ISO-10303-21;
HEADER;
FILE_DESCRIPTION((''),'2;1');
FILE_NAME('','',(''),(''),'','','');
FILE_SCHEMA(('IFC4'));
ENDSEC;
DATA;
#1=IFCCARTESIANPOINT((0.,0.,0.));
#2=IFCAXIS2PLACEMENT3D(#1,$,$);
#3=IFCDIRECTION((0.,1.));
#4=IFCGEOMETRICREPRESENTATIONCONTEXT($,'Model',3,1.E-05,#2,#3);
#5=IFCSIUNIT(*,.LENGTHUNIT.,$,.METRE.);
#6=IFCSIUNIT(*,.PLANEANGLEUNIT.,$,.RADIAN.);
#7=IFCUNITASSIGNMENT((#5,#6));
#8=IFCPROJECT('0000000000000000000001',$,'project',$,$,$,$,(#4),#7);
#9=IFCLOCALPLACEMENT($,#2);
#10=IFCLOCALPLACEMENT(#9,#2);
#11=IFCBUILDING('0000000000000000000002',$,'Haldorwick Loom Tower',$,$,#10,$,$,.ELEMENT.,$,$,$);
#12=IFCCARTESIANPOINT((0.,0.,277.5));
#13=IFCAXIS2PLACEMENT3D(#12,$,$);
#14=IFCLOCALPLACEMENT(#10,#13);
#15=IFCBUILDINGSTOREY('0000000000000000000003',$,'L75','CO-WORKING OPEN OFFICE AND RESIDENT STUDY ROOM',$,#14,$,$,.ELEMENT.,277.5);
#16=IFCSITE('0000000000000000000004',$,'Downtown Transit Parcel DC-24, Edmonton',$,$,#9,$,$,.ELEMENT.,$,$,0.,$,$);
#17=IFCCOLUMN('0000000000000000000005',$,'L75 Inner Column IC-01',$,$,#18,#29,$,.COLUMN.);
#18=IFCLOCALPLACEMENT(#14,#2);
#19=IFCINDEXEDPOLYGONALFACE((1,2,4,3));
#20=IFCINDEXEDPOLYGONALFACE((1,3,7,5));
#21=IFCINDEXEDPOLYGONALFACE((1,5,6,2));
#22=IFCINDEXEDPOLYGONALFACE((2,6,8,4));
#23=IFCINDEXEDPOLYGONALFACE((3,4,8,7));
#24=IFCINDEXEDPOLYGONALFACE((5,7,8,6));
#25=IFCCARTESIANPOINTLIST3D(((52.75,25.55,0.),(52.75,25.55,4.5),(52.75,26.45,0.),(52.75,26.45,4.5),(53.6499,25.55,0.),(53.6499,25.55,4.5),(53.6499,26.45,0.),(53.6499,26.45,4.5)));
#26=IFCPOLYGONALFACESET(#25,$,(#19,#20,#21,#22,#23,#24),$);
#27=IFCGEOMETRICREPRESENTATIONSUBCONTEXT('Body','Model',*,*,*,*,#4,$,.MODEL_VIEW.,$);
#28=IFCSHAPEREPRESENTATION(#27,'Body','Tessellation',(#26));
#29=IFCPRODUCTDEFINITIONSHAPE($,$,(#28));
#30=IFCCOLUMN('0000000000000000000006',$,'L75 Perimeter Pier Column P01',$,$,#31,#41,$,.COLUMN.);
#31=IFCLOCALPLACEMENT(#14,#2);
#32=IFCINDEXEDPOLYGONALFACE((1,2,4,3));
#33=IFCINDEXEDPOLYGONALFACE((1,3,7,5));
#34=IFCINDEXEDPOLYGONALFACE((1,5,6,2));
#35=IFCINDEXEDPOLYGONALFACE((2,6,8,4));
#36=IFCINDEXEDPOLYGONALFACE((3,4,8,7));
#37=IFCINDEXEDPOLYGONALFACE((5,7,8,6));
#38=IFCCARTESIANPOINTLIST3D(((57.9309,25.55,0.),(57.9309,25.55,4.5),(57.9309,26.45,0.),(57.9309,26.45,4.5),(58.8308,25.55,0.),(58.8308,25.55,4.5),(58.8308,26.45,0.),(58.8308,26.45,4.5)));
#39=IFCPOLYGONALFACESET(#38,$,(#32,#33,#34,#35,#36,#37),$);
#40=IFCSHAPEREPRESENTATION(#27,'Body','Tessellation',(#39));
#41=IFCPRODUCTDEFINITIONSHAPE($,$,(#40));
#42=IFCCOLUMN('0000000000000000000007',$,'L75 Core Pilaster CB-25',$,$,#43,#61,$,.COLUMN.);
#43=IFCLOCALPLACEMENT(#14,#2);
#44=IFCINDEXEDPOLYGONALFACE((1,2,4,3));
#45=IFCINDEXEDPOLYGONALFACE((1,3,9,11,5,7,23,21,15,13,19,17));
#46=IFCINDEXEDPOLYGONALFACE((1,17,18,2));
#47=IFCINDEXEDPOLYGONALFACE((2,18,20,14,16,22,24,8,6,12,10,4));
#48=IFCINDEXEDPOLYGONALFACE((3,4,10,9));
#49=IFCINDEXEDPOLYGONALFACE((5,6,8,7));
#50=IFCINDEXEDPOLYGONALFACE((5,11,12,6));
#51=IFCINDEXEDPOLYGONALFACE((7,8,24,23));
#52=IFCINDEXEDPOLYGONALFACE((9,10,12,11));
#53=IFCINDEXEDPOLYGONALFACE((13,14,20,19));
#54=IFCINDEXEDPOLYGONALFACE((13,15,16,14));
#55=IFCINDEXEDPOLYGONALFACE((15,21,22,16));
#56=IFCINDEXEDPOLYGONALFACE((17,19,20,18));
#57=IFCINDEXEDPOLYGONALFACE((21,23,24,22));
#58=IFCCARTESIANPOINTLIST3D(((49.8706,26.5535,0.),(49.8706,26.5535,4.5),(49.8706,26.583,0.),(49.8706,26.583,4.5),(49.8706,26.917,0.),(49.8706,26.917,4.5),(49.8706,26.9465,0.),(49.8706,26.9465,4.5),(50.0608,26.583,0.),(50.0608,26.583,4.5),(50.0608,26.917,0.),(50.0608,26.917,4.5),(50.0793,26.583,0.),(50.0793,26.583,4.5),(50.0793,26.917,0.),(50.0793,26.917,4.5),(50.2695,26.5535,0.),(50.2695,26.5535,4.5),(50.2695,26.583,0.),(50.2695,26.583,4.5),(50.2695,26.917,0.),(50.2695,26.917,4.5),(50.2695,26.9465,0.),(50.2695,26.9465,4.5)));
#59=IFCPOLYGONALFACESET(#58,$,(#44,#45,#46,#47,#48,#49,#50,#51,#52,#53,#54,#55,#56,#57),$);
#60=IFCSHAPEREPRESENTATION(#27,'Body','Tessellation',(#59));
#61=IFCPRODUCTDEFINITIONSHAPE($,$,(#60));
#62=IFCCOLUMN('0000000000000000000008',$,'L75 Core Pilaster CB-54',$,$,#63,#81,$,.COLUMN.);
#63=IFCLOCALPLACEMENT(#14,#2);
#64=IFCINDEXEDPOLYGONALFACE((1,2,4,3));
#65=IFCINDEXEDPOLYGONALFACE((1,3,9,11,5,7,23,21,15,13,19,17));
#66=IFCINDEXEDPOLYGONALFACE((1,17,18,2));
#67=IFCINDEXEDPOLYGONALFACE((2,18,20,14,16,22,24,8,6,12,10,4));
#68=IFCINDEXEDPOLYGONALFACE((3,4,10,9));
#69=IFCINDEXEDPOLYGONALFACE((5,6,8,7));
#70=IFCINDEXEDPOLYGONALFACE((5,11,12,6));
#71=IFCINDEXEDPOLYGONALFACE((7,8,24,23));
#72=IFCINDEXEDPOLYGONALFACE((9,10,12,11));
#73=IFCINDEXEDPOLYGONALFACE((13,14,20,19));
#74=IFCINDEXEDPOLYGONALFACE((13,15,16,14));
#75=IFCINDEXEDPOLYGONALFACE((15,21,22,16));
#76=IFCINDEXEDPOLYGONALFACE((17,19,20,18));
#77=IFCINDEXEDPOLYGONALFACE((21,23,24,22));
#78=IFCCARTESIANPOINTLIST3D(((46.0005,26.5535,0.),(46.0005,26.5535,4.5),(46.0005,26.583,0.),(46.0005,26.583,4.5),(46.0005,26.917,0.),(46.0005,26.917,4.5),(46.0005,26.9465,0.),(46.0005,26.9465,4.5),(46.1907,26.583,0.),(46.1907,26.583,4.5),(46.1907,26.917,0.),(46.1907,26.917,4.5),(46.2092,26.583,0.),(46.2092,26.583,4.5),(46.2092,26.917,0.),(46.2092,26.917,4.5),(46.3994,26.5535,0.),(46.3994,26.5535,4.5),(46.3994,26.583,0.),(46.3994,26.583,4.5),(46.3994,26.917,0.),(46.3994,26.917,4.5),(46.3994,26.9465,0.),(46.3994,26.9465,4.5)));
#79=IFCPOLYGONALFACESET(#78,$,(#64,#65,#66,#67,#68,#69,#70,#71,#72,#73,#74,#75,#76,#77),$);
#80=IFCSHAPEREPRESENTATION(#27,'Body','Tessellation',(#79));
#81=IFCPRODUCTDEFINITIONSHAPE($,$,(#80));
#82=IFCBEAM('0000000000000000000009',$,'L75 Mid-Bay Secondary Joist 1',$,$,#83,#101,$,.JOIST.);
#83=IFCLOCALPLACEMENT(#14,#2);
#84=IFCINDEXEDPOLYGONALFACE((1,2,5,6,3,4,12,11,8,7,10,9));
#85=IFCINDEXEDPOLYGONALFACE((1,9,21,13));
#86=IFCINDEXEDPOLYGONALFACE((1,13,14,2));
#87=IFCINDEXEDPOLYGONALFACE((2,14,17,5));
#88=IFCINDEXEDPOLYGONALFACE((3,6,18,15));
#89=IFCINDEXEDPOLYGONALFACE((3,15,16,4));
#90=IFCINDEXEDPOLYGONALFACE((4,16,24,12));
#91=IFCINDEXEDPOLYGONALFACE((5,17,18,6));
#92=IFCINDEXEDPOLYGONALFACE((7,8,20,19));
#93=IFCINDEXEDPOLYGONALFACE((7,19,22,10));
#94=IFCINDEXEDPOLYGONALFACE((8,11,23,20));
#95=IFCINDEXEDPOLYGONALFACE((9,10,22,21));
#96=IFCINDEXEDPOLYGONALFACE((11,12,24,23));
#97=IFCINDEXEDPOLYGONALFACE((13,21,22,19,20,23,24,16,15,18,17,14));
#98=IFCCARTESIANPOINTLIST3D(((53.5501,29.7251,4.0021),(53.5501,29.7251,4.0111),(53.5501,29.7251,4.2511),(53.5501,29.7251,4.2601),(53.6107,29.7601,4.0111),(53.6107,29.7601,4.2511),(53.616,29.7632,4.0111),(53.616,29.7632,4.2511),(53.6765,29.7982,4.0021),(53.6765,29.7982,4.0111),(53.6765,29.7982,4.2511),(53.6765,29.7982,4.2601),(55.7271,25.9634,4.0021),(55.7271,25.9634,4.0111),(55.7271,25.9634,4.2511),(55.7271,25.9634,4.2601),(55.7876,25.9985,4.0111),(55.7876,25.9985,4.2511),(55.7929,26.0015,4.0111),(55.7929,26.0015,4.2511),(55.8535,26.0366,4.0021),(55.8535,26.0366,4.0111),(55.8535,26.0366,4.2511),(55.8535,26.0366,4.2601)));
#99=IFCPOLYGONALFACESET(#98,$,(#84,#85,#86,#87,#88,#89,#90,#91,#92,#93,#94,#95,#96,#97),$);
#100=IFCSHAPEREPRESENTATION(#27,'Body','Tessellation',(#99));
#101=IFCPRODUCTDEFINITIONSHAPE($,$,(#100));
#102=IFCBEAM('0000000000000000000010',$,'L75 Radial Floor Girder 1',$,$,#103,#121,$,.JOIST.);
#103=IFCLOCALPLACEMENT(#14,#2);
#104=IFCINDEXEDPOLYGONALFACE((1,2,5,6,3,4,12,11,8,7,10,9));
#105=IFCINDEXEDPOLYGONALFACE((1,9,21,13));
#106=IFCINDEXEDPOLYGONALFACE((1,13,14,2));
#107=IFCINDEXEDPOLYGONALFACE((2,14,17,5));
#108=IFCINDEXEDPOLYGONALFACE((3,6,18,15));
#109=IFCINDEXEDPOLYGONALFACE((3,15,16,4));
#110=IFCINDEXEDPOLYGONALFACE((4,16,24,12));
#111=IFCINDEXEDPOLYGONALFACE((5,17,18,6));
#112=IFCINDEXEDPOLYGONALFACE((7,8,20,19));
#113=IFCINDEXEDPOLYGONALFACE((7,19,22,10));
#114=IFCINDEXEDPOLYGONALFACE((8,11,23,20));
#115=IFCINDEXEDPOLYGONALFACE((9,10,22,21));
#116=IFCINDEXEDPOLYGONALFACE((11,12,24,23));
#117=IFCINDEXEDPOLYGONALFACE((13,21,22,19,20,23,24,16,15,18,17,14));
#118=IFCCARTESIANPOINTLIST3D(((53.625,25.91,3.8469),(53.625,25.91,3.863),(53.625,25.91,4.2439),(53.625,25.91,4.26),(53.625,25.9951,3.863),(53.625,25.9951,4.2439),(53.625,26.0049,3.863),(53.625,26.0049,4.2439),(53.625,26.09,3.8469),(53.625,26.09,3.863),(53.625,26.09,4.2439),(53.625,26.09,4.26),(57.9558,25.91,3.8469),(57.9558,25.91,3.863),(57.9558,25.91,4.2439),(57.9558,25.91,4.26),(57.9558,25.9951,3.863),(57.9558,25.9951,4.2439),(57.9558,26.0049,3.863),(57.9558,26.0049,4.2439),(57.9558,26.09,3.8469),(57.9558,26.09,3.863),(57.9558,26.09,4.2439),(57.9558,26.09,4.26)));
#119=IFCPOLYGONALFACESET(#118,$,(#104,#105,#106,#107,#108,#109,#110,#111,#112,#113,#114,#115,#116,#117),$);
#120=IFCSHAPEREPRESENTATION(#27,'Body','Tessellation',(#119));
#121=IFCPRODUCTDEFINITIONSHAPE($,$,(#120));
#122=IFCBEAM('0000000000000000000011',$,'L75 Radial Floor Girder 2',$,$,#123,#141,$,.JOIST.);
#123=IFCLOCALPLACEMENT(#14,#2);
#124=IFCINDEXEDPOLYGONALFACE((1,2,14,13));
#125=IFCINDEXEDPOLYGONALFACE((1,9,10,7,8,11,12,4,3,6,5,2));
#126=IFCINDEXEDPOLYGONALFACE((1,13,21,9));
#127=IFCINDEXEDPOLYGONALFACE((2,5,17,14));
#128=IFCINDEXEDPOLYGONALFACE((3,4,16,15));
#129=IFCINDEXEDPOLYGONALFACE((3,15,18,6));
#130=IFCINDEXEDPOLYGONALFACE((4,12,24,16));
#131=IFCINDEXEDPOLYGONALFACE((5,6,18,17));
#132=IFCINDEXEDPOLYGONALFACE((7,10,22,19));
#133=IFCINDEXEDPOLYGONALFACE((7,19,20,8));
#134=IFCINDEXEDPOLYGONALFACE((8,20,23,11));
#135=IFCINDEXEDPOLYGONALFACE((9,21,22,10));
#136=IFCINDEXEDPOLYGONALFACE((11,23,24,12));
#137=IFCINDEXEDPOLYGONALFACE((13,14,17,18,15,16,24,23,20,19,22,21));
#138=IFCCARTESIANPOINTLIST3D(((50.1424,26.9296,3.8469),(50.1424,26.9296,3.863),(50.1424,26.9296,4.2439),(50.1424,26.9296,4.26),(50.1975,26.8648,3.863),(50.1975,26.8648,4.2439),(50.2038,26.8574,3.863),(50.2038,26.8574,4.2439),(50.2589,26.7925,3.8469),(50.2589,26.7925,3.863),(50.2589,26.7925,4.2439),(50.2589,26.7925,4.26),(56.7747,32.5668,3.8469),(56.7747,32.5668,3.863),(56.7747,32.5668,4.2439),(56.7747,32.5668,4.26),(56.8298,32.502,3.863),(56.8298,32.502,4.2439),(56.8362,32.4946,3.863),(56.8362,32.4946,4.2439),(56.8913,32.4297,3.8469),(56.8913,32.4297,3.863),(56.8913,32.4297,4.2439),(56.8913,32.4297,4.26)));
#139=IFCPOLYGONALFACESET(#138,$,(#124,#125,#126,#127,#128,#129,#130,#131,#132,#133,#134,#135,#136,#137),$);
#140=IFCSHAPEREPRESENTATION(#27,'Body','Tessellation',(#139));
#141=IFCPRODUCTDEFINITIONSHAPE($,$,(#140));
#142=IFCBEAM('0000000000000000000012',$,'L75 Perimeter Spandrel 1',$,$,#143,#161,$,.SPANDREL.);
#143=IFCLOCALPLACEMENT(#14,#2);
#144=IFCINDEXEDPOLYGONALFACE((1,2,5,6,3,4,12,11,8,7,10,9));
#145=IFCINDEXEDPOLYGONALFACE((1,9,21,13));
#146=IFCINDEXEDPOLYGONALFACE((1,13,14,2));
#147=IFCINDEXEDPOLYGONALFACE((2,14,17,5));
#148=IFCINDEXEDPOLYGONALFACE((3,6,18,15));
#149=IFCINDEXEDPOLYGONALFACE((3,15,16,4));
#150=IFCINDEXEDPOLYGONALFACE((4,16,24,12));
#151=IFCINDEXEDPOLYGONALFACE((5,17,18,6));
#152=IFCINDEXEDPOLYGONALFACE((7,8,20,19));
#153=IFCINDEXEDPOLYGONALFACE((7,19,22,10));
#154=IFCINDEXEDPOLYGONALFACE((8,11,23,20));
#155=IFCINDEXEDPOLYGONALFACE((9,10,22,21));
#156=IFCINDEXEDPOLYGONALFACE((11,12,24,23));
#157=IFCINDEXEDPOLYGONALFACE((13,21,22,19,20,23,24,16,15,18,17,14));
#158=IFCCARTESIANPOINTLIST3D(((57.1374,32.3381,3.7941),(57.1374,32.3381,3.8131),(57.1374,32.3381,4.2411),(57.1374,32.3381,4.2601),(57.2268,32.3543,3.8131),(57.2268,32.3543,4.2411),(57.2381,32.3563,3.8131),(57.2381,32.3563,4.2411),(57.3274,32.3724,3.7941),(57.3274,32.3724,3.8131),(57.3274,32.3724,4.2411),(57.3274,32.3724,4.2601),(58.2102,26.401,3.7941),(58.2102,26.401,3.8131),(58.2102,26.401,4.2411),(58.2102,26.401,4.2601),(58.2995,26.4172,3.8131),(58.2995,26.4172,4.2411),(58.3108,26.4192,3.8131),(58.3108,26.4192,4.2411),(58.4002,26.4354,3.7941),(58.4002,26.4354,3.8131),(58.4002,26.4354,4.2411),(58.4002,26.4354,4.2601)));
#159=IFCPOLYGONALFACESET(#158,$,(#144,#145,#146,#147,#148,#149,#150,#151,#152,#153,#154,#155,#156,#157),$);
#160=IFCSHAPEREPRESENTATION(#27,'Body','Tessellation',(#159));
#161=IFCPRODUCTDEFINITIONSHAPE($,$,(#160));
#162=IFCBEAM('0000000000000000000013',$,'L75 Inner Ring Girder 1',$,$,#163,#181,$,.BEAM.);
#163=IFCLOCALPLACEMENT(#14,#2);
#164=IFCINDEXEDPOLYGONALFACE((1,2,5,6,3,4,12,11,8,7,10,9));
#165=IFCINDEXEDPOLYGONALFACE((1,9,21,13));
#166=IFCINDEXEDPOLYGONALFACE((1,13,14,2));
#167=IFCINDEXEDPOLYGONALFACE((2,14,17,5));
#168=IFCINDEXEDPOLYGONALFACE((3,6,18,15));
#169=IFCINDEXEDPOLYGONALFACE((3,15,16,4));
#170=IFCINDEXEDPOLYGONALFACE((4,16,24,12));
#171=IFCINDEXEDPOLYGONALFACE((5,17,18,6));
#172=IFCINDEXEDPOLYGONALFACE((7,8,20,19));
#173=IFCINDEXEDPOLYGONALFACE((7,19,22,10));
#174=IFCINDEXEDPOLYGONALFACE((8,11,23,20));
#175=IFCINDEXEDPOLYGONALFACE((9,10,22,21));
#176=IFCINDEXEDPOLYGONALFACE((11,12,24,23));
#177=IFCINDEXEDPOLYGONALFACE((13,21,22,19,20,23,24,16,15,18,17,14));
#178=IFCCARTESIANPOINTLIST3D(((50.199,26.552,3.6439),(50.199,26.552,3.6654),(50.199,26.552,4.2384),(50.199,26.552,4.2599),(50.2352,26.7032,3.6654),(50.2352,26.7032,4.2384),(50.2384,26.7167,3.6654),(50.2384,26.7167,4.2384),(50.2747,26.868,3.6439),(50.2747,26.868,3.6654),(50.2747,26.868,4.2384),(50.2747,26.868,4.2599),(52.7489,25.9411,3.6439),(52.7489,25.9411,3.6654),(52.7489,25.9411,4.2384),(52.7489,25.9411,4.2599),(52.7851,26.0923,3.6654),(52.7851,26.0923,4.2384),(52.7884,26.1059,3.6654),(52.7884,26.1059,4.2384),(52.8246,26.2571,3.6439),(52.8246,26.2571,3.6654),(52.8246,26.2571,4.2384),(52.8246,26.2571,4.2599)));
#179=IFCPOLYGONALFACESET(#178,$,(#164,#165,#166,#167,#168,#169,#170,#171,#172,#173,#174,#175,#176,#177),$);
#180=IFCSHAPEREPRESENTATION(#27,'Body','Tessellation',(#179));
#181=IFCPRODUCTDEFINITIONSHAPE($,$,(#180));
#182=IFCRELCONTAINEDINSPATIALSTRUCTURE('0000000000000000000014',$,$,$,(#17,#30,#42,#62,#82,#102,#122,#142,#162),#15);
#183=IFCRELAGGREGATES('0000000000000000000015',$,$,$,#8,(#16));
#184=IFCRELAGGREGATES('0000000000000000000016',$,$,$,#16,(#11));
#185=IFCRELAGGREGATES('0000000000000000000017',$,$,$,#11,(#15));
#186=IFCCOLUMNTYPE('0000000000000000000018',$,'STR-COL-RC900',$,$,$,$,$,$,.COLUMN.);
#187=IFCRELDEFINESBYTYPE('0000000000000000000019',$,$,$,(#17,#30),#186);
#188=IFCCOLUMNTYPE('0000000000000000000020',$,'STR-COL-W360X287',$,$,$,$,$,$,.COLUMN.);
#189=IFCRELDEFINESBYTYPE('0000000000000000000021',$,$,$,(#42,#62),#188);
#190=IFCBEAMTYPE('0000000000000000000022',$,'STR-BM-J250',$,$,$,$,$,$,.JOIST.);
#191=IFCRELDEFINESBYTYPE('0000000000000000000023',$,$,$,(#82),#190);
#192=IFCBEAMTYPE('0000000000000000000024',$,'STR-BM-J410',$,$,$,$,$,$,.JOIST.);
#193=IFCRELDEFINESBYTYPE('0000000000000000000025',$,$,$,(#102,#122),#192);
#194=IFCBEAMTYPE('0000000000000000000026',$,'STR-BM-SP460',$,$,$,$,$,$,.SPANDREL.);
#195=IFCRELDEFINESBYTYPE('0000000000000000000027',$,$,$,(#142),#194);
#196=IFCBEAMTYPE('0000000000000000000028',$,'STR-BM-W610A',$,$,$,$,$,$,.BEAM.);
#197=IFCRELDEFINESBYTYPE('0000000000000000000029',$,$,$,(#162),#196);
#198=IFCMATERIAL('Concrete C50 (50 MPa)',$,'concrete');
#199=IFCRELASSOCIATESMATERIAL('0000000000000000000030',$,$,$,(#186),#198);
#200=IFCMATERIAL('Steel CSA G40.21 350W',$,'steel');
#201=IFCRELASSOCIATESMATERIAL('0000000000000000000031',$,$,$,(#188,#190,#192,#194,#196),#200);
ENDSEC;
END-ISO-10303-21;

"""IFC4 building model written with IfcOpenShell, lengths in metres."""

from ifc_helpers import new_model, si_unit, direction, frame, origin, origin_2d, place, context, subcontext, project, spatial, rectangle, i_section, extrude, material, material_profile, profile_set, type_object, element, save


model = new_model("IFC4")

# Units and contexts
model_context = context("Model", 3, precision=1e-05, world=origin(), true_north=direction((0.0, 1.0)))
body_context = subcontext(model_context, "Body", "Model", "MODEL_VIEW")
ifc_project = project(units=[si_unit("LENGTHUNIT", "METRE"), si_unit("PLANEANGLEUNIT", "RADIAN")], contexts=[model_context])

# Site, building, storey
site_placement = place(None, origin())
site = spatial("IfcSite", under=ifc_project, at=site_placement, Name="Downtown Transit Parcel DC-24, Edmonton", CompositionType="ELEMENT", RefElevation=0.0)
building_placement = place(site_placement, origin())
building = spatial("IfcBuilding", under=site, at=building_placement, Name="Haldorwick Loom Tower", CompositionType="ELEMENT")
storey_placement = place(building_placement, frame((0.0, 0.0, 277.5)))
storey = spatial("IfcBuildingStorey", under=building, at=storey_placement, Name="L75", Description="CO-WORKING OPEN OFFICE AND RESIDENT STUDY ROOM", CompositionType="ELEMENT", Elevation=277.5)

# Columns
ifc_material_1 = material(Name="Concrete C50 (50 MPa)", Category="concrete")
ifc_material_profile_1 = material_profile(ifc_material_1, rectangle(XDim=0.8999, YDim=0.8999, at=origin_2d()), Name="RC900X900", Category="concrete")
ifc_profile_set_1 = profile_set([ifc_material_profile_1], Name="Concrete C50 (50 MPa)")
column_type_1 = type_object("IfcColumnType", Name="STR-COL-RC900", PredefinedType="COLUMN", material=ifc_profile_set_1)
for number, where, z_axis, x_axis, name in (
    (1, (53.2, 26.0, 0.0), (0.0, 0.0, 1.0), (1.0, 0.0, 0.0), "L75 Inner Column IC-01"),
    (2, (58.3809, 26.0, 0.0), (0.0, 0.0, 1.0), (1.0, 0.0, 0.0), "L75 Perimeter Pier Column P01"),
):
    element("IfcColumn", number, at=place(storey_placement, frame(where, z_axis=z_axis, x_axis=x_axis)), inside=storey, type_object=column_type_1, Name=name, PredefinedType="COLUMN", context=body_context, shape_type="SweptSolid", body=[
        extrude(rectangle(XDim=0.8999, YDim=0.8999, at=origin_2d()), origin(), (0.0, 0.0, 1.0), 4.5),
    ])
ifc_material_2 = material(Name="Steel CSA G40.21 350W", Category="steel")
ifc_material_profile_2 = material_profile(ifc_material_2, i_section(OverallWidth=0.3989, OverallDepth=0.3931, WebThickness=0.0186, FlangeThickness=0.0295, at=origin_2d()), Name="W360X287", Category="steel")
ifc_profile_set_2 = profile_set([ifc_material_profile_2], Name="Steel CSA G40.21 350W")
column_type_2 = type_object("IfcColumnType", Name="STR-COL-W360X287", PredefinedType="COLUMN", material=ifc_profile_set_2)
for number, where, z_axis, x_axis, name in (
    (3, (50.0701, 26.75, 0.0), (0.0, 0.0, 1.0), (1.0, 0.0, 0.0), "L75 Core Pilaster CB-25"),
    (4, (46.2, 26.75, 0.0), (0.0, 0.0, 1.0), (1.0, 0.0, 0.0), "L75 Core Pilaster CB-54"),
):
    element("IfcColumn", number, at=place(storey_placement, frame(where, z_axis=z_axis, x_axis=x_axis)), inside=storey, type_object=column_type_2, Name=name, PredefinedType="COLUMN", context=body_context, shape_type="SweptSolid", body=[
        extrude(i_section(OverallWidth=0.3989, OverallDepth=0.3931, WebThickness=0.0186, FlangeThickness=0.0295, at=origin_2d()), origin(), (0.0, 0.0, 1.0), 4.5),
    ])

# Beams
ifc_material_profile_3 = material_profile(ifc_material_2, i_section(OverallWidth=0.146, OverallDepth=0.2581, WebThickness=0.0061, FlangeThickness=0.009, at=origin_2d()), Name="W250X33", Category="steel")
ifc_profile_set_3 = profile_set([ifc_material_profile_3], Name="Steel CSA G40.21 350W")
beam_type_1 = type_object("IfcBeamType", Name="STR-BM-J250", PredefinedType="JOIST", material=ifc_profile_set_3)
beam_1_placement = place(storey_placement, frame((55.7903, 26.0, 4.1311), z_axis=(-0.500892, 0.86551, 0.0), x_axis=(-0.86551, -0.500892, 0.0)))
element("IfcBeam", 5, at=beam_1_placement, inside=storey, type_object=beam_type_1, Name="L75 Mid-Bay Secondary Joist 1", PredefinedType="JOIST", context=body_context, shape_type="SweptSolid", body=[
    extrude(i_section(OverallWidth=0.146, OverallDepth=0.2581, WebThickness=0.0061, FlangeThickness=0.009, at=origin_2d()), origin(), (0.0, 0.0, 1.0), 4.3462),
])
ifc_material_profile_4 = material_profile(ifc_material_2, i_section(OverallWidth=0.1799, OverallDepth=0.4131, WebThickness=0.0098, FlangeThickness=0.0161, at=origin_2d()), Name="W410X74", Category="steel")
ifc_profile_set_4 = profile_set([ifc_material_profile_4], Name="Steel CSA G40.21 350W")
beam_type_2 = type_object("IfcBeamType", Name="STR-BM-J410", PredefinedType="JOIST", material=ifc_profile_set_4)
beam_2_placement = place(storey_placement, frame((53.625, 26.0, 4.0535), z_axis=(1.0, 0.0, 0.0), x_axis=(0.0, 1.0, 0.0)))
element("IfcBeam", 6, at=beam_2_placement, inside=storey, type_object=beam_type_2, Name="L75 Radial Floor Girder 1", PredefinedType="JOIST", context=body_context, shape_type="SweptSolid", body=[
    extrude(i_section(OverallWidth=0.1799, OverallDepth=0.4131, WebThickness=0.0098, FlangeThickness=0.0161, at=origin_2d()), origin(), (0.0, 0.0, 1.0), 4.3308),
])
beam_3_placement = place(storey_placement, frame((50.2007, 26.8611, 4.0535), z_axis=(0.761955, 0.647631, 0.0), x_axis=(-0.647631, 0.761955, 0.0)))
element("IfcBeam", 7, at=beam_3_placement, inside=storey, type_object=beam_type_2, Name="L75 Radial Floor Girder 2", PredefinedType="JOIST", context=body_context, shape_type="SweptSolid", body=[
    extrude(i_section(OverallWidth=0.1799, OverallDepth=0.4131, WebThickness=0.0098, FlangeThickness=0.0161, at=origin_2d()), origin(), (0.0, 0.0, 1.0), 8.7043),
])
ifc_material_profile_5 = material_profile(ifc_material_2, i_section(OverallWidth=0.1931, OverallDepth=0.4661, WebThickness=0.0115, FlangeThickness=0.019, at=origin_2d()), Name="W460X97", Category="steel")
ifc_profile_set_5 = profile_set([ifc_material_profile_5], Name="Steel CSA G40.21 350W")
beam_type_3 = type_object("IfcBeamType", Name="STR-BM-SP460", PredefinedType="SPANDREL", material=ifc_profile_set_5)
beam_4_placement = place(storey_placement, frame((58.3052, 26.4182, 4.0271), z_axis=(-0.17781, 0.984065, 0.0), x_axis=(-0.984065, -0.17781, 0.0)))
element("IfcBeam", 8, at=beam_4_placement, inside=storey, type_object=beam_type_3, Name="L75 Perimeter Spandrel 1", PredefinedType="SPANDREL", context=body_context, shape_type="SweptSolid", body=[
    extrude(i_section(OverallWidth=0.1931, OverallDepth=0.4661, WebThickness=0.0115, FlangeThickness=0.019, at=origin_2d()), origin(), (0.0, 0.0, 1.0), 6.0332),
])
ifc_material_profile_6 = material_profile(ifc_material_2, i_section(OverallWidth=0.325, OverallDepth=0.616, WebThickness=0.0139, FlangeThickness=0.0215, at=origin_2d()), Name="W610X174", Category="steel")
ifc_profile_set_6 = profile_set([ifc_material_profile_6], Name="Steel CSA G40.21 350W")
beam_type_4 = type_object("IfcBeamType", Name="STR-BM-W610A", PredefinedType="BEAM", material=ifc_profile_set_6)
beam_5_placement = place(storey_placement, frame((50.2368, 26.71, 3.9519), z_axis=(0.972484, -0.232971, 0.0), x_axis=(0.232971, 0.972484, 0.0)))
element("IfcBeam", 9, at=beam_5_placement, inside=storey, type_object=beam_type_4, Name="L75 Inner Ring Girder 1", PredefinedType="BEAM", context=body_context, shape_type="SweptSolid", body=[
    extrude(i_section(OverallWidth=0.325, OverallDepth=0.616, WebThickness=0.0139, FlangeThickness=0.0215, at=origin_2d()), origin(), (0.0, 0.0, 1.0), 2.6221),
])

save(model, "model.ifc")
